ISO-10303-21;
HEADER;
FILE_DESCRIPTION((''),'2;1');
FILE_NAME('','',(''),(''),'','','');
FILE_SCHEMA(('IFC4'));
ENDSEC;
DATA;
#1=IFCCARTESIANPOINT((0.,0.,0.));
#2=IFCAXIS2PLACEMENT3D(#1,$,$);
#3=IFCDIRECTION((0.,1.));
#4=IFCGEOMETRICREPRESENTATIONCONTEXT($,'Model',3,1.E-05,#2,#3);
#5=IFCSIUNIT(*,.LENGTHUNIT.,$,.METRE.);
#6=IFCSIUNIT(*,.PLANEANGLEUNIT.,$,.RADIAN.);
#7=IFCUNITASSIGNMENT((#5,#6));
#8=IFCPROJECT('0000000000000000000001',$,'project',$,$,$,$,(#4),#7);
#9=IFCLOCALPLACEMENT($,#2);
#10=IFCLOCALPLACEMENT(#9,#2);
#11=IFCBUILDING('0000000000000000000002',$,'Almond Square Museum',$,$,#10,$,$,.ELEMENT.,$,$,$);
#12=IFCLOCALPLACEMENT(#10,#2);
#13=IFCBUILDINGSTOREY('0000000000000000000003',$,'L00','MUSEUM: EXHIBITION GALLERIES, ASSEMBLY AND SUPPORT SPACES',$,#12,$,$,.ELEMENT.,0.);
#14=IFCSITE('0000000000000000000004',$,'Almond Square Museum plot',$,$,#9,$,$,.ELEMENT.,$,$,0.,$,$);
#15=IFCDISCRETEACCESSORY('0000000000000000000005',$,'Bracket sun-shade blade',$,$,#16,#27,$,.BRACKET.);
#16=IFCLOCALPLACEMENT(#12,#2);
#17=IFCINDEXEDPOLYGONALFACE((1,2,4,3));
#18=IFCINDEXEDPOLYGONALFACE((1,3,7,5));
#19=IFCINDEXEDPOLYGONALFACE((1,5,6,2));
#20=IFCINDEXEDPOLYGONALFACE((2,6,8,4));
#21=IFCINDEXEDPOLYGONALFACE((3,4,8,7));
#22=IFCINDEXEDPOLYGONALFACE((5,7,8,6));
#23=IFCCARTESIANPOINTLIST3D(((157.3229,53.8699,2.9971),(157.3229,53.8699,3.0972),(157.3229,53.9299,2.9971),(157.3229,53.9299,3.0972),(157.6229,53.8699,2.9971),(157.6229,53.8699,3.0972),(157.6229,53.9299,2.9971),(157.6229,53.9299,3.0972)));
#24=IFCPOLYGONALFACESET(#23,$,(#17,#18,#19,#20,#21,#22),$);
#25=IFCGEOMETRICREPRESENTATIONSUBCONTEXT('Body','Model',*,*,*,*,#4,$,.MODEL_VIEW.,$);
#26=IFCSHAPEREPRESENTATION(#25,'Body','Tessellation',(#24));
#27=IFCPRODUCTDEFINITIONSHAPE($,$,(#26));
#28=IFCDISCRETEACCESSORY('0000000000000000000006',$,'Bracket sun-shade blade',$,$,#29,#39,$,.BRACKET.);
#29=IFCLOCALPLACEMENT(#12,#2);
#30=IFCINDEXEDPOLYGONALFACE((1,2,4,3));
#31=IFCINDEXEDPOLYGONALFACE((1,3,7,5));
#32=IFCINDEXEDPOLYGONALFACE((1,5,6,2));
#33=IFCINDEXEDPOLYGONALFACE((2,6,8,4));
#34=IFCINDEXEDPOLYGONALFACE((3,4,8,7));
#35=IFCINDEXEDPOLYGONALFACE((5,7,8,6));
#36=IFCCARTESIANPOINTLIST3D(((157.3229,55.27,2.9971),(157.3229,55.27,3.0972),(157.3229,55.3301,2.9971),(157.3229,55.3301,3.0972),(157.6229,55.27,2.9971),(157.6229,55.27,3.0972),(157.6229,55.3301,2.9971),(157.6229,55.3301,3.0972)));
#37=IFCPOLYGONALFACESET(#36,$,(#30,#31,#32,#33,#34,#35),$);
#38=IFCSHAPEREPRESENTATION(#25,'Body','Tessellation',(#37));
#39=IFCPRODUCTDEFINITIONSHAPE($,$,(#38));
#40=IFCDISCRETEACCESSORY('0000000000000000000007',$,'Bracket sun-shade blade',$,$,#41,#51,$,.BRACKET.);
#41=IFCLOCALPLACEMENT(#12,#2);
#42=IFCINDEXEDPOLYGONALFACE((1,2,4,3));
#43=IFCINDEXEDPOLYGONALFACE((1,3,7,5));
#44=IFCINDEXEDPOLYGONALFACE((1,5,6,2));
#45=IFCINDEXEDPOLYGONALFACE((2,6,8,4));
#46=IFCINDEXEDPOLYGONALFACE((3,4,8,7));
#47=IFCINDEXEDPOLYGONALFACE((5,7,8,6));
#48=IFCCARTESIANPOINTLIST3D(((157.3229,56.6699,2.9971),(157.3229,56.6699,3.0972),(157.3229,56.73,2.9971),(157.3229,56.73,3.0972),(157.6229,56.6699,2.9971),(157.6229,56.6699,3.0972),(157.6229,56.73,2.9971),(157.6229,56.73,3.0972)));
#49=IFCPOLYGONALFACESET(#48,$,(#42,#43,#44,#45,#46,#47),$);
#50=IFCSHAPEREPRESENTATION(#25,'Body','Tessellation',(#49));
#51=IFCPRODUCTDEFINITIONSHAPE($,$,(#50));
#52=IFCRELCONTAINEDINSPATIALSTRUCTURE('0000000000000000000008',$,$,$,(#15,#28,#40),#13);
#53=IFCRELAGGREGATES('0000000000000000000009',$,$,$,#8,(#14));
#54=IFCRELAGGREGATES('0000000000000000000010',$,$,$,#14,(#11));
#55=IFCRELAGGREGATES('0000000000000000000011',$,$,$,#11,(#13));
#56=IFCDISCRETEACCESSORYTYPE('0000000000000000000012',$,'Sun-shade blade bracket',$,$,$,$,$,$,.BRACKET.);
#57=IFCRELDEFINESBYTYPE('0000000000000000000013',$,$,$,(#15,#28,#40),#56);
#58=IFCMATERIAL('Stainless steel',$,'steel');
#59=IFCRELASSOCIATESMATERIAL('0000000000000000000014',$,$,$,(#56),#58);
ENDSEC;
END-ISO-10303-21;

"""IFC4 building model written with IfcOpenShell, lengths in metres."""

from ifc_helpers import new_model, si_unit, direction, frame, origin, origin_2d, place, context, subcontext, project, spatial, rectangle, extrude, material, type_object, element, save


model = new_model("IFC4")

# Units and contexts
model_context = context("Model", 3, precision=1e-05, world=origin(), true_north=direction((0.0, 1.0)))
body_context = subcontext(model_context, "Body", "Model", "MODEL_VIEW")
ifc_project = project(units=[si_unit("LENGTHUNIT", "METRE"), si_unit("PLANEANGLEUNIT", "RADIAN")], contexts=[model_context])

# Site, building, storey
site_placement = place(None, origin())
site = spatial("IfcSite", under=ifc_project, at=site_placement, Name="Almond Square Museum plot", CompositionType="ELEMENT", RefElevation=0.0)
building_placement = place(site_placement, origin())
building = spatial("IfcBuilding", under=site, at=building_placement, Name="Almond Square Museum", CompositionType="ELEMENT")
storey_placement = place(building_placement, origin())
storey = spatial("IfcBuildingStorey", under=building, at=storey_placement, Name="L00", Description="MUSEUM: EXHIBITION GALLERIES, ASSEMBLY AND SUPPORT SPACES", CompositionType="ELEMENT", Elevation=0.0)

# Discrete accessories
ifc_material_1 = material(Name="Stainless steel", Category="steel")
discrete_accessory_type = type_object("IfcDiscreteAccessoryType", Name="Sun-shade blade bracket", PredefinedType="BRACKET", material=ifc_material_1)
for number, where, z_axis, x_axis, name in (
    (1, (157.4729, 53.8999, 2.9971), (0.0, 0.0, 1.0), (1.0, 0.0, 0.0), "Bracket sun-shade blade"),
    (2, (157.4729, 55.3, 2.9971), (0.0, 0.0, 1.0), (1.0, 0.0, 0.0), "Bracket sun-shade blade"),
    (3, (157.4729, 56.7, 2.9971), (0.0, 0.0, 1.0), (1.0, 0.0, 0.0), "Bracket sun-shade blade"),
):
    element("IfcDiscreteAccessory", number, at=place(storey_placement, frame(where, z_axis=z_axis, x_axis=x_axis)), inside=storey, type_object=discrete_accessory_type, Name=name, PredefinedType="BRACKET", context=body_context, shape_type="SweptSolid", body=[
        extrude(rectangle(XDim=0.3, YDim=0.0601, at=origin_2d()), origin(), (0.0, 0.0, 1.0), 0.1001),
    ])

save(model, "model.ifc")
